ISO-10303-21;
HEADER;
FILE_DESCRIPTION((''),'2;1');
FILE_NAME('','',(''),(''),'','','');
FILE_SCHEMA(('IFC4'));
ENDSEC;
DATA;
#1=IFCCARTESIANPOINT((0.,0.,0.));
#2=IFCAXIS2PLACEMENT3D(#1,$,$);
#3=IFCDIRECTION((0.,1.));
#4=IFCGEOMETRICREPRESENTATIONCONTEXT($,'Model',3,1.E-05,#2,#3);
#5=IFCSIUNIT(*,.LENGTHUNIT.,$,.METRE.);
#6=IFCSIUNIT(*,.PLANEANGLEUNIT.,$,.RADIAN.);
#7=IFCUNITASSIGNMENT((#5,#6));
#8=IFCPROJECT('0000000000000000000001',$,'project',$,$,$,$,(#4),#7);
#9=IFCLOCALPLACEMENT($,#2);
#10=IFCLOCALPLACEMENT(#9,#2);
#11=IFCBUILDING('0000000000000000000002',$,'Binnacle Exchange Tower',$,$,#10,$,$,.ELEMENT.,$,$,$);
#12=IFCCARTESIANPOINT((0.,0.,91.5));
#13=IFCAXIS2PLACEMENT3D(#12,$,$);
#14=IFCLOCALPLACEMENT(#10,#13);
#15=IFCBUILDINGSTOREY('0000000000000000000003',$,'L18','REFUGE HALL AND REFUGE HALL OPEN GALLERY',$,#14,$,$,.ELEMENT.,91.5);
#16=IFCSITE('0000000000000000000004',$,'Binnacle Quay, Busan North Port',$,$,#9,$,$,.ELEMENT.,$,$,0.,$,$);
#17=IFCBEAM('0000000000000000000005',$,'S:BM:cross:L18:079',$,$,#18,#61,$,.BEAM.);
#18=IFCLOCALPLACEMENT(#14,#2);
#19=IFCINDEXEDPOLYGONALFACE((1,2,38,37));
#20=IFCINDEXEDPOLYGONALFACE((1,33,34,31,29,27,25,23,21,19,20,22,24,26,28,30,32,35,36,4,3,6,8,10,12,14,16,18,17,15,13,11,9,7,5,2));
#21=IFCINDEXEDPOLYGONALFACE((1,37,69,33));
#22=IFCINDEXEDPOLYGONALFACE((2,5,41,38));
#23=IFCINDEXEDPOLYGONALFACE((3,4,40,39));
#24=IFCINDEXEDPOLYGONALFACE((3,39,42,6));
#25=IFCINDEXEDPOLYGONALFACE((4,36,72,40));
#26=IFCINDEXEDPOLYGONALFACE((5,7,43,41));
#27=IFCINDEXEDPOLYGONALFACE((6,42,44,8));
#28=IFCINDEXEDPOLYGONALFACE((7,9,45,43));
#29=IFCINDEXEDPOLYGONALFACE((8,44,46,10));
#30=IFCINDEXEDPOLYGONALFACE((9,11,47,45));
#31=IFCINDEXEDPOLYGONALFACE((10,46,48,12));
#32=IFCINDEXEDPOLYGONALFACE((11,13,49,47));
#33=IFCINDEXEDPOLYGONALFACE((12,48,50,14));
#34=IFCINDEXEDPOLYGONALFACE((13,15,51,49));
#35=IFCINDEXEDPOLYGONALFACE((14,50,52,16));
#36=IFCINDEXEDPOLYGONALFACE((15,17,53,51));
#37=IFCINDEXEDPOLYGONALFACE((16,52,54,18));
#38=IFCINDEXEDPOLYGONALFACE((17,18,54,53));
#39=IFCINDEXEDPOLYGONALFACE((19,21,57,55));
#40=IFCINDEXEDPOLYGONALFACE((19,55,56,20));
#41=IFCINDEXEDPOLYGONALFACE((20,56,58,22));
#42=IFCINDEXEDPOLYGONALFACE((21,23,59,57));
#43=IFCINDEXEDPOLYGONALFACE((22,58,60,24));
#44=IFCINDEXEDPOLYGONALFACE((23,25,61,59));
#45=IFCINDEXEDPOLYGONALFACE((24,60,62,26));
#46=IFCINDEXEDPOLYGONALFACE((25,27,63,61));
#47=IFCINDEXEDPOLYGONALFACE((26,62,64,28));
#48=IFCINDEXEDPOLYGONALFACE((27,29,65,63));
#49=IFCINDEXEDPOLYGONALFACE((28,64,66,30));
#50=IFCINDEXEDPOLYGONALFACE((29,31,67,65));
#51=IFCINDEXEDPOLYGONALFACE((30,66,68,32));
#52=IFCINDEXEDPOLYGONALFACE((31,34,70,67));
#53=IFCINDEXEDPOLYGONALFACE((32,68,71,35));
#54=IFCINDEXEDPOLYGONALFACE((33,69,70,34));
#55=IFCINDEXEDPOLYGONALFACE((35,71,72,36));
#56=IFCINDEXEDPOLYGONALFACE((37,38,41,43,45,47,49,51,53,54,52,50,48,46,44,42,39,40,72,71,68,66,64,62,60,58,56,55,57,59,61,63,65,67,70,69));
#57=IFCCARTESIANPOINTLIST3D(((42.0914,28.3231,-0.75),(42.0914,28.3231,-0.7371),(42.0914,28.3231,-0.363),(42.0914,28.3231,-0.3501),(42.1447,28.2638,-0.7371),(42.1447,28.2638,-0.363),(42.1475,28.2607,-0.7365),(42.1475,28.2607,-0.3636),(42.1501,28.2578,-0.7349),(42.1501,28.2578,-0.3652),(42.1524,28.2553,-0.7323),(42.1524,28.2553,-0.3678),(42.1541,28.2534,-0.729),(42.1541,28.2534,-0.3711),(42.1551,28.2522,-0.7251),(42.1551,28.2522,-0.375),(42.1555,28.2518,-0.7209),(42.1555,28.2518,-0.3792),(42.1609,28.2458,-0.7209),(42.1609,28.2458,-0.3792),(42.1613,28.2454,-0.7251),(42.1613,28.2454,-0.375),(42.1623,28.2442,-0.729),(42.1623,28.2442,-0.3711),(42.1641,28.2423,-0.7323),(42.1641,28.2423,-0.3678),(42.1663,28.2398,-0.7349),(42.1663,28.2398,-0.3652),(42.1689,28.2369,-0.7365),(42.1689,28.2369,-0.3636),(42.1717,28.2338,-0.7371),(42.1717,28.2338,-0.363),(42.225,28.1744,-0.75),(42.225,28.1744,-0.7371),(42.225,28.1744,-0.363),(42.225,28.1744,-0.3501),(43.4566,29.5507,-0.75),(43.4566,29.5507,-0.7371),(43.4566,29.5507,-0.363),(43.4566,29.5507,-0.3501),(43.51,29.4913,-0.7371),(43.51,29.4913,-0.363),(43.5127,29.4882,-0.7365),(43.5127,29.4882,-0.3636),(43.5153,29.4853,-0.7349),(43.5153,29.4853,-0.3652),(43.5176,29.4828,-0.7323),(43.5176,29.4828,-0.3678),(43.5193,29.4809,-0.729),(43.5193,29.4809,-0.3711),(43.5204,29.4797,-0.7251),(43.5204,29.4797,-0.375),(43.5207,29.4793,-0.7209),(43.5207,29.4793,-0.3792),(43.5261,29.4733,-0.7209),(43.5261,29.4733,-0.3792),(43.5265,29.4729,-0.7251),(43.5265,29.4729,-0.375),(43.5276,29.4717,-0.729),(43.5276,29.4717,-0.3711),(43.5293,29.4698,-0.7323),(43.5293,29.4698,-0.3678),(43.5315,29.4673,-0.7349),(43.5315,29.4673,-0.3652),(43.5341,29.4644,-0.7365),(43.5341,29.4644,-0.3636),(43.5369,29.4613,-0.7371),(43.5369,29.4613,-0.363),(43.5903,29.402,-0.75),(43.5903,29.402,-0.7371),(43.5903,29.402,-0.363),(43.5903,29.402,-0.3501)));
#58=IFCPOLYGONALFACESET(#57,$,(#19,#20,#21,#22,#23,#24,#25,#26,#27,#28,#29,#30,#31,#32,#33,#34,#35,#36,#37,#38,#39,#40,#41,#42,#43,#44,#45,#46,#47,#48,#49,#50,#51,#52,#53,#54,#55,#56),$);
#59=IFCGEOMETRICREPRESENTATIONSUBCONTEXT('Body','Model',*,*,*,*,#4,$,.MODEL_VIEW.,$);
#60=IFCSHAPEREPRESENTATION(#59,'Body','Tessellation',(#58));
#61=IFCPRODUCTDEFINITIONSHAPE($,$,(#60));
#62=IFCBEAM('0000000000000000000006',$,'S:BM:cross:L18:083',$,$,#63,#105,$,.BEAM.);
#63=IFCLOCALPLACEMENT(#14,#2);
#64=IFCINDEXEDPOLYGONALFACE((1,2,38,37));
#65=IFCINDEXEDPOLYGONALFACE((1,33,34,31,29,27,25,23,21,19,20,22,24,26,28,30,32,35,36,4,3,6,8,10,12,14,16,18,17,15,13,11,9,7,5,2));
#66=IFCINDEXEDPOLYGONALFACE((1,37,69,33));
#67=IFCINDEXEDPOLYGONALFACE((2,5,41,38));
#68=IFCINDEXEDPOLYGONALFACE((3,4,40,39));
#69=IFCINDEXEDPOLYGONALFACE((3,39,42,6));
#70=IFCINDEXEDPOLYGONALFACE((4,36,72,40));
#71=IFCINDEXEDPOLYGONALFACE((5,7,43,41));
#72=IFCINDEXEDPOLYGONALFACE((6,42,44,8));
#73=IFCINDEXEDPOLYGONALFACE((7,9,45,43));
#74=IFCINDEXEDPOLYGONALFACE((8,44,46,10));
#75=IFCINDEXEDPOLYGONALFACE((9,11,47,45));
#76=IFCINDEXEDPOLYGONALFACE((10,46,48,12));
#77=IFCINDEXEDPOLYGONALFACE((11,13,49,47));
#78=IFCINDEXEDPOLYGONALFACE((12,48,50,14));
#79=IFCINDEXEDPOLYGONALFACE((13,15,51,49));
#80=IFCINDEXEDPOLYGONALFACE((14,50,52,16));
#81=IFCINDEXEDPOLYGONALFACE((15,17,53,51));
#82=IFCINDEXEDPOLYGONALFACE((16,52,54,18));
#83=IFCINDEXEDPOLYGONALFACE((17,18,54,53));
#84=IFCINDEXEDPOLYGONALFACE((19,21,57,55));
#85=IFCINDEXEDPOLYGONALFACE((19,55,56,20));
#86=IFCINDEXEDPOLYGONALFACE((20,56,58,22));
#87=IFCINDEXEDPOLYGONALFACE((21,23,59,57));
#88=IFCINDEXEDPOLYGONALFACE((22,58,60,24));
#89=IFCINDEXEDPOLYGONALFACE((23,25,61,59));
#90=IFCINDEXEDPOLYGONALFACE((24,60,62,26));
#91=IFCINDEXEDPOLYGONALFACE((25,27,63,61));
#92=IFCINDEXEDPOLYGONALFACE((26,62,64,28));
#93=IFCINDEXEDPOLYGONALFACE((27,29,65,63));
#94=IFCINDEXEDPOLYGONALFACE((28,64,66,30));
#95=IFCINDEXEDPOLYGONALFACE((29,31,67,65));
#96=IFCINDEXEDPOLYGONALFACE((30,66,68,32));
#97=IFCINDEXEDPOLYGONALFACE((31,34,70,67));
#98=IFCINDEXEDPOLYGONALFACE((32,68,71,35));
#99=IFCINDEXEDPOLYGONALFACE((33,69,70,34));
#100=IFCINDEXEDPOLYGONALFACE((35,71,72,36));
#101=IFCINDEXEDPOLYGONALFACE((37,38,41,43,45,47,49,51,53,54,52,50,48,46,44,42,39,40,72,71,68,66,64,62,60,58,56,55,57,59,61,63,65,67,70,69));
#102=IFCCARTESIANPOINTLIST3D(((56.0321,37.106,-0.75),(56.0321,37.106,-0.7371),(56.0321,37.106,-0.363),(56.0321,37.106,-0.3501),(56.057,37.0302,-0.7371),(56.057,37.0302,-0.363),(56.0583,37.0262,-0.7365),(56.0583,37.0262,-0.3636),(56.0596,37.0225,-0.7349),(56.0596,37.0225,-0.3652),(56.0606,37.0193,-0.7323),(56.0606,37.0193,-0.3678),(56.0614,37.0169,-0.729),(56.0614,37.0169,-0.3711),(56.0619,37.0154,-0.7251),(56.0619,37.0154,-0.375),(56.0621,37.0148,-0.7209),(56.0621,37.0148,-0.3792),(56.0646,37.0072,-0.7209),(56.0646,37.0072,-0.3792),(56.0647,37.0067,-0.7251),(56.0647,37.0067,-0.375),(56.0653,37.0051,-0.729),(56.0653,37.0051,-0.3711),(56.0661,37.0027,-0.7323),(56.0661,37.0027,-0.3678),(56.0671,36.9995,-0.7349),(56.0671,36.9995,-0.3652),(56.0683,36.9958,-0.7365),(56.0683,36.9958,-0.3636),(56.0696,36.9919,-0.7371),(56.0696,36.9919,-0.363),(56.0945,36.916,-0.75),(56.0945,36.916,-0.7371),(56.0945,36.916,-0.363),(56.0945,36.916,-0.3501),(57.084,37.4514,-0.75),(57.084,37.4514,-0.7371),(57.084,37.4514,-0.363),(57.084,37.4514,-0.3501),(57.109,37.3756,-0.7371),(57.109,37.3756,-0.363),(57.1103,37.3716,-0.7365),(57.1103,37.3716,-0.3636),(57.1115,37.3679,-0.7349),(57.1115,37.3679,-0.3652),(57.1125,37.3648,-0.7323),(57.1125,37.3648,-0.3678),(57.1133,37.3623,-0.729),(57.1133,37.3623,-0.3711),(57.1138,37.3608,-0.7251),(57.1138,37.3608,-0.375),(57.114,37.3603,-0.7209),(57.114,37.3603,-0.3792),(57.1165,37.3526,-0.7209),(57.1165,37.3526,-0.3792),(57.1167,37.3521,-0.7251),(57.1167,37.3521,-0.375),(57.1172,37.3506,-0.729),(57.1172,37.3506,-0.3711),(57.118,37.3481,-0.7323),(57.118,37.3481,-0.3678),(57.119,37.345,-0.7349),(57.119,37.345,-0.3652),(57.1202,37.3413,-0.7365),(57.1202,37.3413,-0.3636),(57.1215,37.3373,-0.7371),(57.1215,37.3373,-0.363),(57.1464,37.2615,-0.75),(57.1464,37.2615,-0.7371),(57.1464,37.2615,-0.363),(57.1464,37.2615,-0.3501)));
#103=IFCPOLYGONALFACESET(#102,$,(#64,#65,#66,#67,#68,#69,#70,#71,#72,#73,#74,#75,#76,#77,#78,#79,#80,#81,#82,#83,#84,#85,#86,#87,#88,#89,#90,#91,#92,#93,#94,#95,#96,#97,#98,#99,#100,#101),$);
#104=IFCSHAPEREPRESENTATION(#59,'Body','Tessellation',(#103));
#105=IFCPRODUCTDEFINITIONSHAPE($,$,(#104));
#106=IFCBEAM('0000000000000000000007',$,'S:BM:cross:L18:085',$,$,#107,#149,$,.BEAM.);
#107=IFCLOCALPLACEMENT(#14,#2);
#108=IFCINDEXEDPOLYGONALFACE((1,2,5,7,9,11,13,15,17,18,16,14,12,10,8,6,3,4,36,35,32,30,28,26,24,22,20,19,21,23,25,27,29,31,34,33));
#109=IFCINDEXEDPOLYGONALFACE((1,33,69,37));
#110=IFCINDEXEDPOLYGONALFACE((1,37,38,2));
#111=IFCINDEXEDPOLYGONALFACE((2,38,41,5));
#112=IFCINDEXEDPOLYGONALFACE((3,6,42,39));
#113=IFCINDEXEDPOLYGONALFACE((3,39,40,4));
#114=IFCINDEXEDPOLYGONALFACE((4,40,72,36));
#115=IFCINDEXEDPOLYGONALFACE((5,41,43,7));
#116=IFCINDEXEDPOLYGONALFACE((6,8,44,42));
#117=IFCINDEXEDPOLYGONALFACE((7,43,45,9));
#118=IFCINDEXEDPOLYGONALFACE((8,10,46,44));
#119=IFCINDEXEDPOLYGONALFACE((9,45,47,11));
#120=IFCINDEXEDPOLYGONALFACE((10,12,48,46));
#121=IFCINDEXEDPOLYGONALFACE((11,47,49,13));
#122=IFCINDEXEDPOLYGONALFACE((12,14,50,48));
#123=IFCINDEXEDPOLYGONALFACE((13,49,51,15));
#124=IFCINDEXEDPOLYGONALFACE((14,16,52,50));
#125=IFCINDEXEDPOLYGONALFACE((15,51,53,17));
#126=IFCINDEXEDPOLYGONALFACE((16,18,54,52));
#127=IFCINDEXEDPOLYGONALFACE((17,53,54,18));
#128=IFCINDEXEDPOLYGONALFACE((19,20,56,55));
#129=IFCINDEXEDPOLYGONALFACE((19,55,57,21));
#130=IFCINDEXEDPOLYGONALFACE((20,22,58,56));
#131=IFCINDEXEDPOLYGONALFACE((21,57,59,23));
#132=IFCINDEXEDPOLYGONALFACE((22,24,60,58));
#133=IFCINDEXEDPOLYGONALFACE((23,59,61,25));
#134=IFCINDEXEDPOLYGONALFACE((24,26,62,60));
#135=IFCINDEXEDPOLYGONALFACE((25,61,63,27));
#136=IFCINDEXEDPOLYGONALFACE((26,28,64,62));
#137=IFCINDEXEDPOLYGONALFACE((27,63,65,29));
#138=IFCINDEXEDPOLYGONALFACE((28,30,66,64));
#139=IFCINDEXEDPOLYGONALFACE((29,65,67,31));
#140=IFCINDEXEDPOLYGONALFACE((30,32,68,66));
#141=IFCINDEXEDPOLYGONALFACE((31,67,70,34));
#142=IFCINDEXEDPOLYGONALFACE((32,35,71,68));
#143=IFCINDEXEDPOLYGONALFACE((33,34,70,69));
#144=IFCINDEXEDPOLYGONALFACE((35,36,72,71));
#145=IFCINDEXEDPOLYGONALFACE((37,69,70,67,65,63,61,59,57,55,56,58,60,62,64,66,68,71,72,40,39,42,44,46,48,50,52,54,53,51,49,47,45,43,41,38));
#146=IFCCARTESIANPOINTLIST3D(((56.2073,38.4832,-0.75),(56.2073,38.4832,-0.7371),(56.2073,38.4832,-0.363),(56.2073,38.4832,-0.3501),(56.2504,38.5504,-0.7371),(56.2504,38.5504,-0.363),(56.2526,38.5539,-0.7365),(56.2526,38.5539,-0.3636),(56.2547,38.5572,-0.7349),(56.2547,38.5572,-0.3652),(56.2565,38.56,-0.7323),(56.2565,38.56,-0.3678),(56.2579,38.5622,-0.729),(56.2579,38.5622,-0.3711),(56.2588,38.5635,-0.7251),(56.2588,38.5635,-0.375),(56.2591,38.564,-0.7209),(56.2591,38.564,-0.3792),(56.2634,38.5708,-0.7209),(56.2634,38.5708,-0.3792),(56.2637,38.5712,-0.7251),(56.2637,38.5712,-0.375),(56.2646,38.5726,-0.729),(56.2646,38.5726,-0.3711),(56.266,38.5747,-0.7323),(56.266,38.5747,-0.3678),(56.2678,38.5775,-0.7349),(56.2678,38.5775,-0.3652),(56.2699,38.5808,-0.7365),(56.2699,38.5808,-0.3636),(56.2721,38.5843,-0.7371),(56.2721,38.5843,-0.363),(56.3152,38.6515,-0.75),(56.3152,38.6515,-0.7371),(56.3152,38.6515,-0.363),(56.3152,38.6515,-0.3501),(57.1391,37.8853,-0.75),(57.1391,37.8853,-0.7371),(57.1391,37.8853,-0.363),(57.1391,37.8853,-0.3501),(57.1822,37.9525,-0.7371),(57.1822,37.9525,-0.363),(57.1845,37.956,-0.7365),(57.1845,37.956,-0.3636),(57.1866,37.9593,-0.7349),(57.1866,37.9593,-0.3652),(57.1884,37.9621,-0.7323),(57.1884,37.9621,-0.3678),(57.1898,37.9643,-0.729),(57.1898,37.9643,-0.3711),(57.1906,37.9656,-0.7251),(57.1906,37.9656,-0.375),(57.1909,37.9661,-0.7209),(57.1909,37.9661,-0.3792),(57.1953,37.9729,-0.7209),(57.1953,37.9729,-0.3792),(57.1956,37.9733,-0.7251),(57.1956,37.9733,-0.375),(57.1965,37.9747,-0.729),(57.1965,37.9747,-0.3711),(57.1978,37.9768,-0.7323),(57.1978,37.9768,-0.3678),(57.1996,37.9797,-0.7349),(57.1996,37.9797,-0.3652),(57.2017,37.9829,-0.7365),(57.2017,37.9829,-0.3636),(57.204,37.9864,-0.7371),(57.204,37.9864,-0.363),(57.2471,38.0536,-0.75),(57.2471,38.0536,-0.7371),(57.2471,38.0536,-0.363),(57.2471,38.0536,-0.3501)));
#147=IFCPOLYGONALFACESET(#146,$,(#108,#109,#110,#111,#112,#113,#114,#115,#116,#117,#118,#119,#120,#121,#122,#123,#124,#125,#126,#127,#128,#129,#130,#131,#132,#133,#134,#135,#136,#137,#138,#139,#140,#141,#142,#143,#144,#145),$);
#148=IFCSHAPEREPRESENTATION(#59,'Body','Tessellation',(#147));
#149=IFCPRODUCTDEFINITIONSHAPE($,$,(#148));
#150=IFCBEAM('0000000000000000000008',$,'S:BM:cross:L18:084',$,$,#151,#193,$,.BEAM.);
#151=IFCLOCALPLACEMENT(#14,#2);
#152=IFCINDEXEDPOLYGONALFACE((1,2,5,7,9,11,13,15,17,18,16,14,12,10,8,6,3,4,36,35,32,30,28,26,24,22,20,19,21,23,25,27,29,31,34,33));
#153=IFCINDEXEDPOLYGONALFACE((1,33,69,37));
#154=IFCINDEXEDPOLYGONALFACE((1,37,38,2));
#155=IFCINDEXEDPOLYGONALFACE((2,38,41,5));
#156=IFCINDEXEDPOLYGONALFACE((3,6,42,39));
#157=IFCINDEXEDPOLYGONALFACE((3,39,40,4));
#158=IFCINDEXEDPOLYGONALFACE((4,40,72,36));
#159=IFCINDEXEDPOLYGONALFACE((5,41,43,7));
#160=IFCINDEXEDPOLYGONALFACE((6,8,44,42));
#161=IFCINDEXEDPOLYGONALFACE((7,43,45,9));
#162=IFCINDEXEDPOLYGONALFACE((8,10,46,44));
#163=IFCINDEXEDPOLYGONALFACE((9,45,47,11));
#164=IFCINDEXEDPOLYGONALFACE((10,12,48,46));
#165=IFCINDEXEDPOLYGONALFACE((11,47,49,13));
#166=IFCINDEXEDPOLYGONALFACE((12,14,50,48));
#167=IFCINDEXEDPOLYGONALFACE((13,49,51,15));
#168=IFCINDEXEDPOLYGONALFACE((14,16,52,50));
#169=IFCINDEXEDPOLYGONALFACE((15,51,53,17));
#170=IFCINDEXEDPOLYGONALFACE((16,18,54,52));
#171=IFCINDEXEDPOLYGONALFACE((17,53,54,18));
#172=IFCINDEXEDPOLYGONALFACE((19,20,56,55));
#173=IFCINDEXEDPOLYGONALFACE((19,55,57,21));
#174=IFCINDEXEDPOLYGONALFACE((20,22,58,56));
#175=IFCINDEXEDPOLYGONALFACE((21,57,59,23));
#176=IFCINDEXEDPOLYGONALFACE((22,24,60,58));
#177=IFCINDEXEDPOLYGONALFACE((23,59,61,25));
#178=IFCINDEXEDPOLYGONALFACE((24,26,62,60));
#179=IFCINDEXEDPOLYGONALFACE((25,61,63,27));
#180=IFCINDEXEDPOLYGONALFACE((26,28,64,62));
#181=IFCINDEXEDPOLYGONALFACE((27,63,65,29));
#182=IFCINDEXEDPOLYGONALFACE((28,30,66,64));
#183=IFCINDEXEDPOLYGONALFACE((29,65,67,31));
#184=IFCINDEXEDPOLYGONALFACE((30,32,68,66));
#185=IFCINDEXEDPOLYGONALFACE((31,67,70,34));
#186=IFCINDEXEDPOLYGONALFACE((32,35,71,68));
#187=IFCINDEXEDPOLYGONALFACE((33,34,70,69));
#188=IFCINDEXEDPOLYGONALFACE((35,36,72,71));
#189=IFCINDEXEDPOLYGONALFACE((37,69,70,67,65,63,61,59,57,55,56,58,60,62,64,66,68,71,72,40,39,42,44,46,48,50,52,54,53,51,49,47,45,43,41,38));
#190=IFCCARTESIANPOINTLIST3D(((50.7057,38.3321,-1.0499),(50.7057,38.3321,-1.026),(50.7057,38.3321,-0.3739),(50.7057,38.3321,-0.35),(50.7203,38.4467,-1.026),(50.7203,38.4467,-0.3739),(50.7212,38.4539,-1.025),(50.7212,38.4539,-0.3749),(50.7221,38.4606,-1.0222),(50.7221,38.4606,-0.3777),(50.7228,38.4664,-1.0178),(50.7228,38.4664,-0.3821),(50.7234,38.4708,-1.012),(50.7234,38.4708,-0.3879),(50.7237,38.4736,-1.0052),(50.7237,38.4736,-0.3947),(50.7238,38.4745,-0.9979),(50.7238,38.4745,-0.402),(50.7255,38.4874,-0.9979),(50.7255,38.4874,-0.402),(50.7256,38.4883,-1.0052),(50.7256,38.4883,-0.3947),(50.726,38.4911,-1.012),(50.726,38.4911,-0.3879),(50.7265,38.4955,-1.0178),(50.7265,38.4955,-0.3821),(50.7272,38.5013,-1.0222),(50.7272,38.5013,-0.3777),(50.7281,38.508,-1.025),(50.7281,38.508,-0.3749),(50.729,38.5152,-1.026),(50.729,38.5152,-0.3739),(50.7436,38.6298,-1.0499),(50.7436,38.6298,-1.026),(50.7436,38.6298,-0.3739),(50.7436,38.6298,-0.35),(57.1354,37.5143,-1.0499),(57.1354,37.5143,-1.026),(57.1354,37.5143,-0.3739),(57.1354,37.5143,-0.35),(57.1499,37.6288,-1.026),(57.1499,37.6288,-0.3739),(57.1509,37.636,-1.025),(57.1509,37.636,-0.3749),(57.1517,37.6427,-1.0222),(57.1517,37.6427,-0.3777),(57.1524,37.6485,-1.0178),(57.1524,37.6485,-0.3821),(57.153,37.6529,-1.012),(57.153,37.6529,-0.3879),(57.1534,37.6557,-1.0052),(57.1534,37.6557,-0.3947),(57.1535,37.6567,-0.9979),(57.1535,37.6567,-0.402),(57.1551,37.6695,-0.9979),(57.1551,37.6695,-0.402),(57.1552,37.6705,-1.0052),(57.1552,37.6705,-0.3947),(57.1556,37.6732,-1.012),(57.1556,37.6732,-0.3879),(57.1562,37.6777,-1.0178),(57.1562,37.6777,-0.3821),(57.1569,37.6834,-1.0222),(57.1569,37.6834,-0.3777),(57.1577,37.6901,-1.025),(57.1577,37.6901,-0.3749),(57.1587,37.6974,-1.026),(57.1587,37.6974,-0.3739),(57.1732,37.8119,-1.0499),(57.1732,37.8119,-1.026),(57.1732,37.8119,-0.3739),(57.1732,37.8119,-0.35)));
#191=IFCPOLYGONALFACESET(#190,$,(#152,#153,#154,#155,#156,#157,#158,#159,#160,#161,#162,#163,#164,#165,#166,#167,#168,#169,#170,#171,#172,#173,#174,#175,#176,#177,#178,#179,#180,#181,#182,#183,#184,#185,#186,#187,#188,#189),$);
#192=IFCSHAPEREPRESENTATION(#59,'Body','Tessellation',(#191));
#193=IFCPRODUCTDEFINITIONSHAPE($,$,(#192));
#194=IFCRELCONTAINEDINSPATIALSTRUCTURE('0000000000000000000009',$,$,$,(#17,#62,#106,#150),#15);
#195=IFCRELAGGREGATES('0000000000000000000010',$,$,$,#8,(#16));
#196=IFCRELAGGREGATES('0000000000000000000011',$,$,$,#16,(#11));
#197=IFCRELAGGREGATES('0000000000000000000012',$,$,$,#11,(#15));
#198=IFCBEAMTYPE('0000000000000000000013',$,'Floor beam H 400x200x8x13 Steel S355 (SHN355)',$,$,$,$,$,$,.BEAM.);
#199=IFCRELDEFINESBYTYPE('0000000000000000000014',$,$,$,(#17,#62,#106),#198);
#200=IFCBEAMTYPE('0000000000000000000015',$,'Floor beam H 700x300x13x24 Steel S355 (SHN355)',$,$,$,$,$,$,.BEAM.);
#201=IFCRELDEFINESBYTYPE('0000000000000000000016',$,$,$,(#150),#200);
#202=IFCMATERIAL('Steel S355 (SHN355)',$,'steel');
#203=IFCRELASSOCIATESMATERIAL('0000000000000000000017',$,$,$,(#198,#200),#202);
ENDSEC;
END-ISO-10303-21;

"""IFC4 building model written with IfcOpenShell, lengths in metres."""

from ifc_helpers import new_model, si_unit, direction, frame, origin, origin_2d, place, context, subcontext, project, spatial, i_section, extrude, material, material_profile, profile_set, type_object, element, save


model = new_model("IFC4")

# Units and contexts
model_context = context("Model", 3, precision=1e-05, world=origin(), true_north=direction((0.0, 1.0)))
body_context = subcontext(model_context, "Body", "Model", "MODEL_VIEW")
ifc_project = project(units=[si_unit("LENGTHUNIT", "METRE"), si_unit("PLANEANGLEUNIT", "RADIAN")], contexts=[model_context])

# Site, building, storey
site_placement = place(None, origin())
site = spatial("IfcSite", under=ifc_project, at=site_placement, Name="Binnacle Quay, Busan North Port", CompositionType="ELEMENT", RefElevation=0.0)
building_placement = place(site_placement, origin())
building = spatial("IfcBuilding", under=site, at=building_placement, Name="Binnacle Exchange Tower", CompositionType="ELEMENT")
storey_placement = place(building_placement, frame((0.0, 0.0, 91.5)))
storey = spatial("IfcBuildingStorey", under=building, at=storey_placement, Name="L18", Description="REFUGE HALL AND REFUGE HALL OPEN GALLERY", CompositionType="ELEMENT", Elevation=91.5)

# Beams
ifc_material_1 = material(Name="Steel S355 (SHN355)", Category="steel")
ifc_material_profile_1 = material_profile(ifc_material_1, i_section(OverallWidth=0.2, OverallDepth=0.3999, WebThickness=0.0081, FlangeThickness=0.0129, FilletRadius=0.0161, at=origin_2d()), Name="H 400x200x8x13")
ifc_profile_set_1 = profile_set([ifc_material_profile_1], Name="Steel S355 (SHN355)")
beam_type_1 = type_object("IfcBeamType", Name="Floor beam H 400x200x8x13 Steel S355 (SHN355)", PredefinedType="BEAM", material=ifc_profile_set_1)
for number, where, z_axis, x_axis, name in (
    (1, (42.1582, 28.2488, -0.55), (0.743611, 0.668612, 0.0), (-0.668612, 0.743611, 0.0), "S:BM:cross:L18:079"),
):
    element("IfcBeam", number, at=place(storey_placement, frame(where, z_axis=z_axis, x_axis=x_axis)), inside=storey, type_object=beam_type_1, Name=name, PredefinedType="BEAM", context=body_context, shape_type="SweptSolid", body=[
        extrude(i_section(OverallWidth=0.2, OverallDepth=0.3999, WebThickness=0.0081, FlangeThickness=0.0129, FilletRadius=0.0161, at=origin_2d()), origin(), (0.0, 0.0, 1.0), 1.8359),
    ])
for number, where, z_axis, x_axis, name in (
    (2, (57.1152, 37.3564, -0.55), (-0.950085, -0.311991, 0.0), (0.311991, -0.950085, 0.0), "S:BM:cross:L18:083"),
    (3, (57.1931, 37.9695, -0.55), (-0.841658, 0.540011, 0.0), (-0.540011, -0.841658, 0.0), "S:BM:cross:L18:085"),
):
    element("IfcBeam", number, at=place(storey_placement, frame(where, z_axis=z_axis, x_axis=x_axis)), inside=storey, type_object=beam_type_1, Name=name, PredefinedType="BEAM", context=body_context, shape_type="SweptSolid", body=[
        extrude(i_section(OverallWidth=0.2, OverallDepth=0.3999, WebThickness=0.0081, FlangeThickness=0.0129, FilletRadius=0.0161, at=origin_2d()), origin(), (0.0, 0.0, 1.0), 1.1072),
    ])
ifc_material_profile_2 = material_profile(ifc_material_1, i_section(OverallWidth=0.3, OverallDepth=0.7, WebThickness=0.0129, FlangeThickness=0.0239, FilletRadius=0.0281, at=origin_2d()), Name="H 700x300x13x24")
ifc_profile_set_2 = profile_set([ifc_material_profile_2], Name="Steel S355 (SHN355)")
beam_type_2 = type_object("IfcBeamType", Name="Floor beam H 700x300x13x24 Steel S355 (SHN355)", PredefinedType="BEAM", material=ifc_profile_set_2)
beam_1_placement = place(storey_placement, frame((57.1543, 37.6631, -0.7), z_axis=(-0.992007, 0.126186, 0.0), x_axis=(-0.126186, -0.992007, 0.0)))
element("IfcBeam", 4, at=beam_1_placement, inside=storey, type_object=beam_type_2, Name="S:BM:cross:L18:084", PredefinedType="BEAM", context=body_context, shape_type="SweptSolid", body=[
    extrude(i_section(OverallWidth=0.3, OverallDepth=0.7, WebThickness=0.0129, FlangeThickness=0.0239, FilletRadius=0.0281, at=origin_2d()), origin(), (0.0, 0.0, 1.0), 6.4814),
])

save(model, "model.ifc")
